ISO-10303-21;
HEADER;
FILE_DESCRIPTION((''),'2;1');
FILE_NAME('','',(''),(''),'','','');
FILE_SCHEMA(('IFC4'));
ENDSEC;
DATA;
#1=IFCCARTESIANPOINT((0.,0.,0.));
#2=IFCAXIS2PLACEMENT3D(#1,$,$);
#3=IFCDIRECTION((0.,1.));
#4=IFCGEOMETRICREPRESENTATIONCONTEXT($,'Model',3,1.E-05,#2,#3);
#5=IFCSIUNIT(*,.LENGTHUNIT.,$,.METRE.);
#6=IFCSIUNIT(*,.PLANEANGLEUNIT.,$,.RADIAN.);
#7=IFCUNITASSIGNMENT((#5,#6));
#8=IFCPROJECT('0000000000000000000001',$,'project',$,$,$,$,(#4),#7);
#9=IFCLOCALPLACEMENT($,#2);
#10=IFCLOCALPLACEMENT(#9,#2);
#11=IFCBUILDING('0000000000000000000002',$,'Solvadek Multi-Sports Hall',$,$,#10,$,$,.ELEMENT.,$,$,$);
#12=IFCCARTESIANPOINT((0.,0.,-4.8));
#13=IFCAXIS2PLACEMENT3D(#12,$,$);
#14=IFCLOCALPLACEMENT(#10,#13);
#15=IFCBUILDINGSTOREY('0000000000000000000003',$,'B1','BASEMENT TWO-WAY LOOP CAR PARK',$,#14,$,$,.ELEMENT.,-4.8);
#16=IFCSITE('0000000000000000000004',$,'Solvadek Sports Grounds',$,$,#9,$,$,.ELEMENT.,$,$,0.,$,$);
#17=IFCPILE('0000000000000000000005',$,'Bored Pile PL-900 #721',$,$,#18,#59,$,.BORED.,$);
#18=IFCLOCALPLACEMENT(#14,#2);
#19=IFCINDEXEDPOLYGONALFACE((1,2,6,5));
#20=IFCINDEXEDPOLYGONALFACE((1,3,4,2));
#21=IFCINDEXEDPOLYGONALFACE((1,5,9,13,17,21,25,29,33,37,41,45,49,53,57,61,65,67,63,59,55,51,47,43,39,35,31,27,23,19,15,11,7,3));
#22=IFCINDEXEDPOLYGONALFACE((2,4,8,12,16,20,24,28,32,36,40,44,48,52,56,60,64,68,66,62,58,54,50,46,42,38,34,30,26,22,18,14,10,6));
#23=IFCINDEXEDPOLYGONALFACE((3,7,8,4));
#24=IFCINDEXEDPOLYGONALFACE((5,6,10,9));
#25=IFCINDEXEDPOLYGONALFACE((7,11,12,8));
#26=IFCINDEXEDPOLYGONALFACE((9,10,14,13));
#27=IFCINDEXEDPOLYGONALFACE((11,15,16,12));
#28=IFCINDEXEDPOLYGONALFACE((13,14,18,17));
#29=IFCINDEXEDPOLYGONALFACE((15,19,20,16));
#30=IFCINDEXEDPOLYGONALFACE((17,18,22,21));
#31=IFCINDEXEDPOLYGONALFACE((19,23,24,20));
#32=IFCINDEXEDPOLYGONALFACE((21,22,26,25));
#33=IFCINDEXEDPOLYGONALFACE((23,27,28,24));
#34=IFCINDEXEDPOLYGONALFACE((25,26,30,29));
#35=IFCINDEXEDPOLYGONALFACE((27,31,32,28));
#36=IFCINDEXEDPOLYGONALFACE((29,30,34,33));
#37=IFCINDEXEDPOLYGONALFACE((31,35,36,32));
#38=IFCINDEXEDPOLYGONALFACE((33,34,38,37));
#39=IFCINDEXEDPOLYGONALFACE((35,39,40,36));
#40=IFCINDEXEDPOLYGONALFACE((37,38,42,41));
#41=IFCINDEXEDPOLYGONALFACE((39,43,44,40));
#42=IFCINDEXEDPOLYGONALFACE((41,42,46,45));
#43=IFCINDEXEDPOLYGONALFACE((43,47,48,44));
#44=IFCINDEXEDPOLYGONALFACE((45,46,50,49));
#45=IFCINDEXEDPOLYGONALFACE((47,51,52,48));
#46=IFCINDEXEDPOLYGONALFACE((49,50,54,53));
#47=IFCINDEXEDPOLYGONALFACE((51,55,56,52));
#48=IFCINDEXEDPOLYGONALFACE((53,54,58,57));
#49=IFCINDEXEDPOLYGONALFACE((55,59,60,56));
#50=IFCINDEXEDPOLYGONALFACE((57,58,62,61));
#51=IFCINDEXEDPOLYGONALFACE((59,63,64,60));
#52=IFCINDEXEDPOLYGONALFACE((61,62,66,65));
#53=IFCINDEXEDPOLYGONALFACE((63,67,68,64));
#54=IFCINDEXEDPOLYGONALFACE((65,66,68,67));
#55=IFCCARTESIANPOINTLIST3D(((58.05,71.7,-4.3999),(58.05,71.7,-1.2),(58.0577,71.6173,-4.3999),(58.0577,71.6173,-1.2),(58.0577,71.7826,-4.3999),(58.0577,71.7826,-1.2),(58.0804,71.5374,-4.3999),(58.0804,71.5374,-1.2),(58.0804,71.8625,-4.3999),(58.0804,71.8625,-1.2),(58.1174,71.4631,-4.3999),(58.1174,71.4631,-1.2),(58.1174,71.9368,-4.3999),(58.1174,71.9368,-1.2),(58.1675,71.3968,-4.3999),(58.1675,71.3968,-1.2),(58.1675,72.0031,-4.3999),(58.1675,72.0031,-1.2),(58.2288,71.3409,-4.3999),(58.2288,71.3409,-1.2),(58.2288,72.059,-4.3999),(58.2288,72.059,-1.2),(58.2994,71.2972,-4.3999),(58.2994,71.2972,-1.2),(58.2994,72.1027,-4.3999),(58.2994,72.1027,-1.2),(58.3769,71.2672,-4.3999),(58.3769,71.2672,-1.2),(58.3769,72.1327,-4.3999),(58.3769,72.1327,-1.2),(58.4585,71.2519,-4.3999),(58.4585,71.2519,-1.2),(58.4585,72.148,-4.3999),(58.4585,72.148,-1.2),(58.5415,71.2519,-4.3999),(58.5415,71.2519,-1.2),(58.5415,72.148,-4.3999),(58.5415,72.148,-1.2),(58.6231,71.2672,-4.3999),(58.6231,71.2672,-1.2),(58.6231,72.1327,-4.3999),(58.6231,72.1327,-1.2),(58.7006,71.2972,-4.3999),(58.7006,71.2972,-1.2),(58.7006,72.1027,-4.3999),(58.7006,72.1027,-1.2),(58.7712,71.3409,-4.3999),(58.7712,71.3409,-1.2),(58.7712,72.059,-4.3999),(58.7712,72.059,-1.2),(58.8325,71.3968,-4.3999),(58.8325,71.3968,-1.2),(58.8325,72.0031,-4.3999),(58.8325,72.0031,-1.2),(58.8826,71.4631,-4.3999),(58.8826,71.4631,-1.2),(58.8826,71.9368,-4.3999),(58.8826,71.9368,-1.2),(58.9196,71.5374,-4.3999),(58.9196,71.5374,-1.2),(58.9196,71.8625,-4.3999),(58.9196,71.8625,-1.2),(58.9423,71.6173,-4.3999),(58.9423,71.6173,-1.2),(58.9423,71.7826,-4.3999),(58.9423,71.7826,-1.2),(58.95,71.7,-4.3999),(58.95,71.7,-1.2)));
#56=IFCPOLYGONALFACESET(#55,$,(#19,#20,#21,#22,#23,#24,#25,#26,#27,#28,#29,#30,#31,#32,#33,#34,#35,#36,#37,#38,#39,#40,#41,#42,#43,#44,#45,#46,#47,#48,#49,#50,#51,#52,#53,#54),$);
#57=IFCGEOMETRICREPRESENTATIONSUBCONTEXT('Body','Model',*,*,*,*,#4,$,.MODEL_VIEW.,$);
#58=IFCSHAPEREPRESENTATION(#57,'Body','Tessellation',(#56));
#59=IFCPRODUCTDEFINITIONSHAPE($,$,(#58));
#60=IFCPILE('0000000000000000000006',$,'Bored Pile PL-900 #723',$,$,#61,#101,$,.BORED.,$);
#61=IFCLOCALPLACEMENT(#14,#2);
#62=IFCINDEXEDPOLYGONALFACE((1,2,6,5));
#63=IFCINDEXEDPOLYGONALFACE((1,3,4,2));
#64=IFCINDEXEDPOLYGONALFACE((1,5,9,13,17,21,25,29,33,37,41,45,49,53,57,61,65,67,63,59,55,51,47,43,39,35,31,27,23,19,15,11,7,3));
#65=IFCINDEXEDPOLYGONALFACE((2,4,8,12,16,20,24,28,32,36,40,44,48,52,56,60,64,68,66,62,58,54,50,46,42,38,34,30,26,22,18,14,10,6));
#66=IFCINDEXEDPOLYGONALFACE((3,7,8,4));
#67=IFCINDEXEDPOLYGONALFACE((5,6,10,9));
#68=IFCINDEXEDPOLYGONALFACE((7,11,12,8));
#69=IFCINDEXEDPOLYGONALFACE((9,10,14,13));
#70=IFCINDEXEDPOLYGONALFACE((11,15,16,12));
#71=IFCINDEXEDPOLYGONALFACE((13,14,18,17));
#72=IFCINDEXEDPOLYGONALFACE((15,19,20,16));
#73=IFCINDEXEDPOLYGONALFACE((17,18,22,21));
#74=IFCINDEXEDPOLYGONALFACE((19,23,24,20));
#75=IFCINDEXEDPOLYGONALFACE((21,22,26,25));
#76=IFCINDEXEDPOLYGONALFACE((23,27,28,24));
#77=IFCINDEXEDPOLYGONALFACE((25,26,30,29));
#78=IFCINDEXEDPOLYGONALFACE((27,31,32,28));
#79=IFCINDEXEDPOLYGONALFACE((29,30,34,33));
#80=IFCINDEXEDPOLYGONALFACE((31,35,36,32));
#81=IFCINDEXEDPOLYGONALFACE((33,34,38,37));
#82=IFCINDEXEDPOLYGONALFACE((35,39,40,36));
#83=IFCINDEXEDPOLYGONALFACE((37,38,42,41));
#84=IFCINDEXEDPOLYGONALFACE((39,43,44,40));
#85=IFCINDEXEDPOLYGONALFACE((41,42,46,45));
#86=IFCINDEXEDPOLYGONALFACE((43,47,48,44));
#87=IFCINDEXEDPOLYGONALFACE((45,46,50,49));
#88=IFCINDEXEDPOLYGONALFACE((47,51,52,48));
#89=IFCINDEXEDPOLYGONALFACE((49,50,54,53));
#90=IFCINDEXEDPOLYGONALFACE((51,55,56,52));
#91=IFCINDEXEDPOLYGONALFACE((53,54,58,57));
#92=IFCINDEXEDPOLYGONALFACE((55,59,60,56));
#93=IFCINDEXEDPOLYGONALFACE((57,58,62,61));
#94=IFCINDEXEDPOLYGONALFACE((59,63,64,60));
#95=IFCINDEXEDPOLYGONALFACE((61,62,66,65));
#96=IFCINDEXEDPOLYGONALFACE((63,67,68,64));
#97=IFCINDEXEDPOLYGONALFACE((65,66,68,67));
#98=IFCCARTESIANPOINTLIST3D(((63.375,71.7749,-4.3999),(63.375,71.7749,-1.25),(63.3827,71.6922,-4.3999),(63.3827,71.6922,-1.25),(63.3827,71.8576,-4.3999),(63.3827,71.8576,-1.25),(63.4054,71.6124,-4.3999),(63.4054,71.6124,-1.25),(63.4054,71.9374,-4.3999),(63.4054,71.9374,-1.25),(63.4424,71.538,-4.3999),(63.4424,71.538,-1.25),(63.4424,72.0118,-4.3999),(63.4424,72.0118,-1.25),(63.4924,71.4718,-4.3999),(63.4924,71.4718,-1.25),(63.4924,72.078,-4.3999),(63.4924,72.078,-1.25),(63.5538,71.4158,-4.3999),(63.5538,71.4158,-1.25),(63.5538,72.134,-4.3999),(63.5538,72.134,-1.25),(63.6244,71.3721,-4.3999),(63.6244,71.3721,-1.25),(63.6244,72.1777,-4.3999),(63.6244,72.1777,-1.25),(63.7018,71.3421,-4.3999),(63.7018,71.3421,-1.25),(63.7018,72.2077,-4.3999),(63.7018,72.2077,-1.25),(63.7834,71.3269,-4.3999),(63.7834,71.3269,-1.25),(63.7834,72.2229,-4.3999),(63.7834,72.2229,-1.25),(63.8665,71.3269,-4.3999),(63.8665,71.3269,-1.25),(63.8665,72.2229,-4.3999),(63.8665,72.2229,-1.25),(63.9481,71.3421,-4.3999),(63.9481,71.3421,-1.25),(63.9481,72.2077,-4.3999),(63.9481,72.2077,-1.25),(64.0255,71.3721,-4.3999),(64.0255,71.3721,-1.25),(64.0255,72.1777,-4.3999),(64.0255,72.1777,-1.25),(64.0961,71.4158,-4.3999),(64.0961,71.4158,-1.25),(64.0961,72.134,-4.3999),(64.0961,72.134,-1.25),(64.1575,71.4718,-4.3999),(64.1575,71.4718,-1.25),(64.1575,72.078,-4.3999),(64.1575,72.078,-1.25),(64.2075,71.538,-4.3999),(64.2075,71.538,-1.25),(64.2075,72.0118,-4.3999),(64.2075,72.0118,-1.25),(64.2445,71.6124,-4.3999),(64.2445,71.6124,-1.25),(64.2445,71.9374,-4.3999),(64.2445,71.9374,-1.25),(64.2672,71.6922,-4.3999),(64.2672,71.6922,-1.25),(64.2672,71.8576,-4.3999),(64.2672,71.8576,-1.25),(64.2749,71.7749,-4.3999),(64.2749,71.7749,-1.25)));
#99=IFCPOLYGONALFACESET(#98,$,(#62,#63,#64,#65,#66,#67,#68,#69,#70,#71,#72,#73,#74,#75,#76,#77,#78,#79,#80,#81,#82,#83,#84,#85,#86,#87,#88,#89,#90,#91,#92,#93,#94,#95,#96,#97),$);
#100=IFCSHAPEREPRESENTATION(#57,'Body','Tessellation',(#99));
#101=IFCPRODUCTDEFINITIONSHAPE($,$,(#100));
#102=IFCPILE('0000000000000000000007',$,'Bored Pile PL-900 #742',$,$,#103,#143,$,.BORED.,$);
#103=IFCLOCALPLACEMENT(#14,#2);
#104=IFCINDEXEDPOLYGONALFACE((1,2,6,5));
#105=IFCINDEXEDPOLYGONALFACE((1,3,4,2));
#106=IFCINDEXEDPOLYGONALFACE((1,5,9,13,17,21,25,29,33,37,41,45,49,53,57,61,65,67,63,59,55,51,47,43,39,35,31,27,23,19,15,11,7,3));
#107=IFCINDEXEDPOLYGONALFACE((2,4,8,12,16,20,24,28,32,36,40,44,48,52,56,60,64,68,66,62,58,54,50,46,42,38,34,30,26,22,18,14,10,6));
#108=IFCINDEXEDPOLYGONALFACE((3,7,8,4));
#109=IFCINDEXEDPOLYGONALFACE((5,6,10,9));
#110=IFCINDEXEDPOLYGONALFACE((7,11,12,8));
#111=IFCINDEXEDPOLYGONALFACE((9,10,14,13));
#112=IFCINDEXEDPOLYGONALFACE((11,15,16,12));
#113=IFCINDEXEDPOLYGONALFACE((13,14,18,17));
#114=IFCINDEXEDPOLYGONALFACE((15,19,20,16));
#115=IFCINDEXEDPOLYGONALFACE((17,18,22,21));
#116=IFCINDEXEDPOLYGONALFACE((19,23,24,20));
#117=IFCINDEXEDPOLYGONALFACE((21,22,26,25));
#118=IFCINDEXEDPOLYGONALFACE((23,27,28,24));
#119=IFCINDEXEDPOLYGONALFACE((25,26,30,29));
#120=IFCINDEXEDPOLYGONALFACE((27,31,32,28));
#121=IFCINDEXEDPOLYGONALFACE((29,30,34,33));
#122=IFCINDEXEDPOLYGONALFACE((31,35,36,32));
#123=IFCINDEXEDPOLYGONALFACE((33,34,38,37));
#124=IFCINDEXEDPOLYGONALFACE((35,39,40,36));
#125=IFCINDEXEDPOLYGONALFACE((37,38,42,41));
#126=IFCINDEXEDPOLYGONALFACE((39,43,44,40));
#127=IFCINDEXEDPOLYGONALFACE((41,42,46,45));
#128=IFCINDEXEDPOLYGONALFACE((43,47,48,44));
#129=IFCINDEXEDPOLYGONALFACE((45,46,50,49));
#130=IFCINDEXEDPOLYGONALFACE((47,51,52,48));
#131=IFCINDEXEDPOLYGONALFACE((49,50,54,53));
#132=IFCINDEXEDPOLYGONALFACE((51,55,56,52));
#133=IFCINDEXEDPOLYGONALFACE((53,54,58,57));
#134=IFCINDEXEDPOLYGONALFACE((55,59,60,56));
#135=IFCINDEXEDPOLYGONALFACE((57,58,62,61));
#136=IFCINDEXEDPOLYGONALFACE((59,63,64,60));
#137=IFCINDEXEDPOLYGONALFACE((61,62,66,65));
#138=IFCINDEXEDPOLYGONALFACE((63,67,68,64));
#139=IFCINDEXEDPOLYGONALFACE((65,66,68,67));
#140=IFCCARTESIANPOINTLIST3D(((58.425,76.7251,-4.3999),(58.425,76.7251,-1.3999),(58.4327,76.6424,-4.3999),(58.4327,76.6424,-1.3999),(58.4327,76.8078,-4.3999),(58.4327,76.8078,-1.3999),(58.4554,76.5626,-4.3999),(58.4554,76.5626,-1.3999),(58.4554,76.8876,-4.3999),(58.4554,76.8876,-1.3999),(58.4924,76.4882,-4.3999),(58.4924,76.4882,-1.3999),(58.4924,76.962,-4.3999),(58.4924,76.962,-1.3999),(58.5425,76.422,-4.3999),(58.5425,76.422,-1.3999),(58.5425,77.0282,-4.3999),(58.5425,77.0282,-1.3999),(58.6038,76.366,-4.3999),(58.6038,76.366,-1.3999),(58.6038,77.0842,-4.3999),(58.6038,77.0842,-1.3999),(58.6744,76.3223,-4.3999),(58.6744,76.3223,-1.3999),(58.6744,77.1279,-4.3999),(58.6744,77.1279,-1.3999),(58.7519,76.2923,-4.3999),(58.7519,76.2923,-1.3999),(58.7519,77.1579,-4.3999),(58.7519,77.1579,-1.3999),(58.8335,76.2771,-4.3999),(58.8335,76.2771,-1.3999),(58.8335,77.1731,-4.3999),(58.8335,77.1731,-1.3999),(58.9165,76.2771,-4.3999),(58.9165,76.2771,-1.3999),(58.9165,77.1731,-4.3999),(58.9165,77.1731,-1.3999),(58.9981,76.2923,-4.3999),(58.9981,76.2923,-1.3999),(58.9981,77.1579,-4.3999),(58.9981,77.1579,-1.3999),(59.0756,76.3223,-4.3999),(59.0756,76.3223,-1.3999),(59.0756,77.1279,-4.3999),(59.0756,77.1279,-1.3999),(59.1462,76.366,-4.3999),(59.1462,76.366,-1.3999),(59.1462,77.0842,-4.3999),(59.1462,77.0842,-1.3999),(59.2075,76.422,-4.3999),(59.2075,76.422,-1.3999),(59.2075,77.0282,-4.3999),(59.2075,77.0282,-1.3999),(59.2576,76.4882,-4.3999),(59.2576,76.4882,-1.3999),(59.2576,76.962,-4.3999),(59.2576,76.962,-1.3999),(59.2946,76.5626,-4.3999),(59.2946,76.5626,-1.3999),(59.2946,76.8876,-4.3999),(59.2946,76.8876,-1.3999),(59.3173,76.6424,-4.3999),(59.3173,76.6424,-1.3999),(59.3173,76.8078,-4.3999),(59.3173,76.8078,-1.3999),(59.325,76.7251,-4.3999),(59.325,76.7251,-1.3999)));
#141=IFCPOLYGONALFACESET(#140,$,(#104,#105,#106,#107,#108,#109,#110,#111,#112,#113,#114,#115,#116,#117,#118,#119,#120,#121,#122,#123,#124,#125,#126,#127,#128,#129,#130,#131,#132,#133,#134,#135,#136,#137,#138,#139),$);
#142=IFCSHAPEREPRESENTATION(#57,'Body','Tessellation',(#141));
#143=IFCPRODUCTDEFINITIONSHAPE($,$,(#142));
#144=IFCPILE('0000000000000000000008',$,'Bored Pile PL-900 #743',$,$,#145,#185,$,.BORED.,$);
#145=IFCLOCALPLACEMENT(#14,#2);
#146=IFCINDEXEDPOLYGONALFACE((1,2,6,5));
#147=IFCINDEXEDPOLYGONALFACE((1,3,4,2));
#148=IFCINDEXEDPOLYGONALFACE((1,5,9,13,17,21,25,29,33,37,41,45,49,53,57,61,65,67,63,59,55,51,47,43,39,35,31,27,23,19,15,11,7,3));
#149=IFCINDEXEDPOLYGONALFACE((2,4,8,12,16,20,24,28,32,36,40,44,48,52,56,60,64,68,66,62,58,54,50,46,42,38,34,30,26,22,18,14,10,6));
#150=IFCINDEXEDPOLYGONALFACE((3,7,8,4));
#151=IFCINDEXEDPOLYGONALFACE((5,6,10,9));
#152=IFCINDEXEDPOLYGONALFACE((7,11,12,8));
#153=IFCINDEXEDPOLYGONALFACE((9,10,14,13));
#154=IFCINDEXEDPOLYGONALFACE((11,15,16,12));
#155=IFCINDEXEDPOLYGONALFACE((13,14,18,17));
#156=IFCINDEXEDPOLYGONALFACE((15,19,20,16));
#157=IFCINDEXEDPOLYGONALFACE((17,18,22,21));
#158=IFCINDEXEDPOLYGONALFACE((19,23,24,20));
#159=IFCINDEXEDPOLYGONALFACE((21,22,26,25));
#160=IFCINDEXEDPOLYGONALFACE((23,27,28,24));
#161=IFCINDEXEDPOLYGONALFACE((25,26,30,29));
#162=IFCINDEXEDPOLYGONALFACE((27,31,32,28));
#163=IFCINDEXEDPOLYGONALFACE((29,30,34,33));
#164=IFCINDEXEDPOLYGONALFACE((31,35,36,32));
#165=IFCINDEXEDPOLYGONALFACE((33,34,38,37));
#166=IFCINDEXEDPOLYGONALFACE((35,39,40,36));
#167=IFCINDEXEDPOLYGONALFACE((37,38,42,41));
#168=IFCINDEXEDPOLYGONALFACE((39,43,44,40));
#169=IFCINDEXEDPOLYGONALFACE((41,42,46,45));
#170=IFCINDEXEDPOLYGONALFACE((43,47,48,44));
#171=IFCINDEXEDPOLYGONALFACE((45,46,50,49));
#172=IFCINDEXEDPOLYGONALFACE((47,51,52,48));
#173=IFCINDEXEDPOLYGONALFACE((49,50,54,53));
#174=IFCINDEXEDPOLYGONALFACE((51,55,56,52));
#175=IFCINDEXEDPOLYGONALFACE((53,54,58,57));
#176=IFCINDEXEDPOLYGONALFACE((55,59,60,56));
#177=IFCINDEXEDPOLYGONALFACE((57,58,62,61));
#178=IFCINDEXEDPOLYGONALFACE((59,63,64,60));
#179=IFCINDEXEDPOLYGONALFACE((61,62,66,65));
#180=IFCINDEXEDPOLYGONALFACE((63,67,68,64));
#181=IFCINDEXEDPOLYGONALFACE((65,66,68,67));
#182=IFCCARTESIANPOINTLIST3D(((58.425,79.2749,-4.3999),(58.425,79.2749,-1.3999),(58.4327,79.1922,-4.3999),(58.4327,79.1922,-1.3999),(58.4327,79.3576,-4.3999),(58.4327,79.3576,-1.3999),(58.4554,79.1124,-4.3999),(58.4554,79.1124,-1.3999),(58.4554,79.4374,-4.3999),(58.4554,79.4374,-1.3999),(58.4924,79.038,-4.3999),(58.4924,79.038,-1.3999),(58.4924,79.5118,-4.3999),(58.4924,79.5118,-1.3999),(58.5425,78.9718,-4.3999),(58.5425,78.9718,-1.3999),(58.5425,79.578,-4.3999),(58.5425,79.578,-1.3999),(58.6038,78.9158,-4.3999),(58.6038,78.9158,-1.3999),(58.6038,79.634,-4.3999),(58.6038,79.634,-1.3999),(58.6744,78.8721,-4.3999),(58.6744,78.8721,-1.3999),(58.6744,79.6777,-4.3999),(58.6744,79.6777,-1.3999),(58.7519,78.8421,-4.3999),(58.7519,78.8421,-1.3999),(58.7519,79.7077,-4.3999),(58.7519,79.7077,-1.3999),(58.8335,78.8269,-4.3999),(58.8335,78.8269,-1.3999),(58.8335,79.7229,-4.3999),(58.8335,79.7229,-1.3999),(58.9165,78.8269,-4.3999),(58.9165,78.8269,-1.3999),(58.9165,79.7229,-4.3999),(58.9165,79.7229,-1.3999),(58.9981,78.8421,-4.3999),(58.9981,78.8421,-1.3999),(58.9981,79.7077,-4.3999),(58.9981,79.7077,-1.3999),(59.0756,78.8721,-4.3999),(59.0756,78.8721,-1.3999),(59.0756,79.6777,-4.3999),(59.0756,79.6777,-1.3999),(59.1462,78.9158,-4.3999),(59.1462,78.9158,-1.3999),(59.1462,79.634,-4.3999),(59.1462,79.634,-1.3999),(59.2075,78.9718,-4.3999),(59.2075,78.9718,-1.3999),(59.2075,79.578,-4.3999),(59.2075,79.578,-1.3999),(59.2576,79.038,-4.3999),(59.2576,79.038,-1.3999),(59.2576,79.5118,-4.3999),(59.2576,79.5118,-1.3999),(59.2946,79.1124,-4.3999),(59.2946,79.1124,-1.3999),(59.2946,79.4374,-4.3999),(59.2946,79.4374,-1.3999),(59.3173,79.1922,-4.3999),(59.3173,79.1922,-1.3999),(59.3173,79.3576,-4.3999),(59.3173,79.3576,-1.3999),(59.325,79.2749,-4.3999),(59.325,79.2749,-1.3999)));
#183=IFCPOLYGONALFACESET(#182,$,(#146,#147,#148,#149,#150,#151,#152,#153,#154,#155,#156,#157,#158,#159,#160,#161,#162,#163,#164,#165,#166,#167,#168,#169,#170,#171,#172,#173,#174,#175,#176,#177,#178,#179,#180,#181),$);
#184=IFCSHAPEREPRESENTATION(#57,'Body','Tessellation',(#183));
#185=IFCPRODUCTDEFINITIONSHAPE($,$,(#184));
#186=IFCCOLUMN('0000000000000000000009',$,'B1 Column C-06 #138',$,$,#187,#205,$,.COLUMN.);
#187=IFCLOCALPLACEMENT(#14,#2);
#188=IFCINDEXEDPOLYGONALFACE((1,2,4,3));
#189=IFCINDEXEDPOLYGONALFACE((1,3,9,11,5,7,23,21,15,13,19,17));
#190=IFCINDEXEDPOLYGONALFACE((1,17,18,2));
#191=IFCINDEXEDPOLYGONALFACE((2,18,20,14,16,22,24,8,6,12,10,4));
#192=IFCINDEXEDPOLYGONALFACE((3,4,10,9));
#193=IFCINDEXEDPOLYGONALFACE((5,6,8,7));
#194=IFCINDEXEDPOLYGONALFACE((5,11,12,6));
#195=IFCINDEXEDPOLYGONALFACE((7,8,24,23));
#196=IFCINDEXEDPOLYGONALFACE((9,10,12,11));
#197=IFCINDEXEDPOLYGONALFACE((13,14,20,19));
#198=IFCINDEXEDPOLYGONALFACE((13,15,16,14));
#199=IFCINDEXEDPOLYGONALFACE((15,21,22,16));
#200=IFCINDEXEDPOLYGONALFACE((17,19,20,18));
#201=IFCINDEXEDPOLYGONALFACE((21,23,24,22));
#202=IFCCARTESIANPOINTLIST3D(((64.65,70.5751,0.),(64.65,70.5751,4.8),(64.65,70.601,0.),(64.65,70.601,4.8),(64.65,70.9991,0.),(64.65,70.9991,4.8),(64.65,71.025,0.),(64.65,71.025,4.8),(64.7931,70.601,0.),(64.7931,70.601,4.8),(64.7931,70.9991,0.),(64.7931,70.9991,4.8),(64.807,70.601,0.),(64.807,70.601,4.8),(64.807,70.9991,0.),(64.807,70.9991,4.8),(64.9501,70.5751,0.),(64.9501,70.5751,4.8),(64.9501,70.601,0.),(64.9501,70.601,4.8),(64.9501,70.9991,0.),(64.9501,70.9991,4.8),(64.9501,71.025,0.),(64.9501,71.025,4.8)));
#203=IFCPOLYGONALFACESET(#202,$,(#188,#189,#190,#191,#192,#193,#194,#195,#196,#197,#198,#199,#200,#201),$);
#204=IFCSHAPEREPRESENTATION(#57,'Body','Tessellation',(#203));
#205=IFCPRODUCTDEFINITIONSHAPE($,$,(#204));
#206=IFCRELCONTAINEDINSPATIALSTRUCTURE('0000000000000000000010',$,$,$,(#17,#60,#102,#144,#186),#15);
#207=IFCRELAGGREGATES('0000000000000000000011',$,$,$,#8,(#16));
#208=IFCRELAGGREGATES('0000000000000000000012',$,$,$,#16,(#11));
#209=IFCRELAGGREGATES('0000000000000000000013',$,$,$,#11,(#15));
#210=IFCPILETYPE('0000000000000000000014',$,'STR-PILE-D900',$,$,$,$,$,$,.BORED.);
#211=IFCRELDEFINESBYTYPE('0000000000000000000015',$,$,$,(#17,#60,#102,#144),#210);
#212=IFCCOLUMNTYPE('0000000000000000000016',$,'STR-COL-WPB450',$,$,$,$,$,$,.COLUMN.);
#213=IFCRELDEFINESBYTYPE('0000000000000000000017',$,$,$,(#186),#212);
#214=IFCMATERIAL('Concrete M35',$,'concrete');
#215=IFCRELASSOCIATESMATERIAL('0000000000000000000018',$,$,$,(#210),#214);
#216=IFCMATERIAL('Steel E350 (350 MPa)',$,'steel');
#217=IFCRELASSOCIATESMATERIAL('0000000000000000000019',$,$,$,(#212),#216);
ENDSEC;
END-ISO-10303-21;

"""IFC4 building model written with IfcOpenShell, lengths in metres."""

from ifc_helpers import new_model, si_unit, direction, frame, origin, origin_2d, place, context, subcontext, project, spatial, circle, i_section, extrude, material, material_profile, profile_set, type_object, element, save


model = new_model("IFC4")

# Units and contexts
model_context = context("Model", 3, precision=1e-05, world=origin(), true_north=direction((0.0, 1.0)))
body_context = subcontext(model_context, "Body", "Model", "MODEL_VIEW")
ifc_project = project(units=[si_unit("LENGTHUNIT", "METRE"), si_unit("PLANEANGLEUNIT", "RADIAN")], contexts=[model_context])

# Site, building, storey
site_placement = place(None, origin())
site = spatial("IfcSite", under=ifc_project, at=site_placement, Name="Solvadek Sports Grounds", CompositionType="ELEMENT", RefElevation=0.0)
building_placement = place(site_placement, origin())
building = spatial("IfcBuilding", under=site, at=building_placement, Name="Solvadek Multi-Sports Hall", CompositionType="ELEMENT")
storey_placement = place(building_placement, frame((0.0, 0.0, -4.8)))
storey = spatial("IfcBuildingStorey", under=building, at=storey_placement, Name="B1", Description="BASEMENT TWO-WAY LOOP CAR PARK", CompositionType="ELEMENT", Elevation=-4.8)

# Piles
ifc_material_1 = material(Name="Concrete M35", Category="concrete")
ifc_material_profile_1 = material_profile(ifc_material_1, circle(Radius=0.45, at=origin_2d()), Name="BORED PILE D900")
ifc_profile_set_1 = profile_set([ifc_material_profile_1], Name="Concrete M35")
pile_type_1 = type_object("IfcPileType", Name="STR-PILE-D900", PredefinedType="BORED", material=ifc_profile_set_1)
pile_1_placement = place(storey_placement, frame((58.5, 71.7, -1.2), z_axis=(0.0, 0.0, -1.0), x_axis=(1.0, 0.0, 0.0)))
element("IfcPile", 1, at=pile_1_placement, inside=storey, type_object=pile_type_1, Name="Bored Pile PL-900 #721", PredefinedType="BORED", context=body_context, shape_type="SweptSolid", body=[
    extrude(circle(Radius=0.45, at=origin_2d()), origin(), (0.0, 0.0, 1.0), 3.2),
])
pile_2_placement = place(storey_placement, frame((63.825, 71.7749, -1.25), z_axis=(0.0, 0.0, -1.0), x_axis=(1.0, 0.0, 0.0)))
element("IfcPile", 2, at=pile_2_placement, inside=storey, type_object=pile_type_1, Name="Bored Pile PL-900 #723", PredefinedType="BORED", context=body_context, shape_type="SweptSolid", body=[
    extrude(circle(Radius=0.45, at=origin_2d()), origin(), (0.0, 0.0, 1.0), 3.1499),
])
for number, where, z_axis, x_axis, name in (
    (3, (58.875, 76.7251, -1.3999), (0.0, 0.0, -1.0), (1.0, 0.0, 0.0), "Bored Pile PL-900 #742"),
    (4, (58.875, 79.2749, -1.3999), (0.0, 0.0, -1.0), (1.0, 0.0, 0.0), "Bored Pile PL-900 #743"),
):
    element("IfcPile", number, at=place(storey_placement, frame(where, z_axis=z_axis, x_axis=x_axis)), inside=storey, type_object=pile_type_1, Name=name, PredefinedType="BORED", context=body_context, shape_type="SweptSolid", body=[
        extrude(circle(Radius=0.45, at=origin_2d()), origin(), (0.0, 0.0, 1.0), 3.0),
    ])

# Column
ifc_material_2 = material(Name="Steel E350 (350 MPa)", Category="steel")
ifc_material_profile_2 = material_profile(ifc_material_2, i_section(OverallWidth=0.3, OverallDepth=0.45, WebThickness=0.0139, FlangeThickness=0.0259, at=origin_2d()), Name="WPB 450")
ifc_profile_set_2 = profile_set([ifc_material_profile_2], Name="Steel E350 (350 MPa)")
column_type_1 = type_object("IfcColumnType", Name="STR-COL-WPB450", PredefinedType="COLUMN", material=ifc_profile_set_2)
for number, where, z_axis, x_axis, name in (
    (5, (64.8, 70.8, 0.0), (0.0, 0.0, 1.0), (1.0, 0.0, 0.0), "B1 Column C-06 #138"),
):
    element("IfcColumn", number, at=place(storey_placement, frame(where, z_axis=z_axis, x_axis=x_axis)), inside=storey, type_object=column_type_1, Name=name, PredefinedType="COLUMN", context=body_context, shape_type="SweptSolid", body=[
        extrude(i_section(OverallWidth=0.3, OverallDepth=0.45, WebThickness=0.0139, FlangeThickness=0.0259, at=origin_2d()), origin(), (0.0, 0.0, 1.0), 4.8),
    ])

save(model, "model.ifc")
